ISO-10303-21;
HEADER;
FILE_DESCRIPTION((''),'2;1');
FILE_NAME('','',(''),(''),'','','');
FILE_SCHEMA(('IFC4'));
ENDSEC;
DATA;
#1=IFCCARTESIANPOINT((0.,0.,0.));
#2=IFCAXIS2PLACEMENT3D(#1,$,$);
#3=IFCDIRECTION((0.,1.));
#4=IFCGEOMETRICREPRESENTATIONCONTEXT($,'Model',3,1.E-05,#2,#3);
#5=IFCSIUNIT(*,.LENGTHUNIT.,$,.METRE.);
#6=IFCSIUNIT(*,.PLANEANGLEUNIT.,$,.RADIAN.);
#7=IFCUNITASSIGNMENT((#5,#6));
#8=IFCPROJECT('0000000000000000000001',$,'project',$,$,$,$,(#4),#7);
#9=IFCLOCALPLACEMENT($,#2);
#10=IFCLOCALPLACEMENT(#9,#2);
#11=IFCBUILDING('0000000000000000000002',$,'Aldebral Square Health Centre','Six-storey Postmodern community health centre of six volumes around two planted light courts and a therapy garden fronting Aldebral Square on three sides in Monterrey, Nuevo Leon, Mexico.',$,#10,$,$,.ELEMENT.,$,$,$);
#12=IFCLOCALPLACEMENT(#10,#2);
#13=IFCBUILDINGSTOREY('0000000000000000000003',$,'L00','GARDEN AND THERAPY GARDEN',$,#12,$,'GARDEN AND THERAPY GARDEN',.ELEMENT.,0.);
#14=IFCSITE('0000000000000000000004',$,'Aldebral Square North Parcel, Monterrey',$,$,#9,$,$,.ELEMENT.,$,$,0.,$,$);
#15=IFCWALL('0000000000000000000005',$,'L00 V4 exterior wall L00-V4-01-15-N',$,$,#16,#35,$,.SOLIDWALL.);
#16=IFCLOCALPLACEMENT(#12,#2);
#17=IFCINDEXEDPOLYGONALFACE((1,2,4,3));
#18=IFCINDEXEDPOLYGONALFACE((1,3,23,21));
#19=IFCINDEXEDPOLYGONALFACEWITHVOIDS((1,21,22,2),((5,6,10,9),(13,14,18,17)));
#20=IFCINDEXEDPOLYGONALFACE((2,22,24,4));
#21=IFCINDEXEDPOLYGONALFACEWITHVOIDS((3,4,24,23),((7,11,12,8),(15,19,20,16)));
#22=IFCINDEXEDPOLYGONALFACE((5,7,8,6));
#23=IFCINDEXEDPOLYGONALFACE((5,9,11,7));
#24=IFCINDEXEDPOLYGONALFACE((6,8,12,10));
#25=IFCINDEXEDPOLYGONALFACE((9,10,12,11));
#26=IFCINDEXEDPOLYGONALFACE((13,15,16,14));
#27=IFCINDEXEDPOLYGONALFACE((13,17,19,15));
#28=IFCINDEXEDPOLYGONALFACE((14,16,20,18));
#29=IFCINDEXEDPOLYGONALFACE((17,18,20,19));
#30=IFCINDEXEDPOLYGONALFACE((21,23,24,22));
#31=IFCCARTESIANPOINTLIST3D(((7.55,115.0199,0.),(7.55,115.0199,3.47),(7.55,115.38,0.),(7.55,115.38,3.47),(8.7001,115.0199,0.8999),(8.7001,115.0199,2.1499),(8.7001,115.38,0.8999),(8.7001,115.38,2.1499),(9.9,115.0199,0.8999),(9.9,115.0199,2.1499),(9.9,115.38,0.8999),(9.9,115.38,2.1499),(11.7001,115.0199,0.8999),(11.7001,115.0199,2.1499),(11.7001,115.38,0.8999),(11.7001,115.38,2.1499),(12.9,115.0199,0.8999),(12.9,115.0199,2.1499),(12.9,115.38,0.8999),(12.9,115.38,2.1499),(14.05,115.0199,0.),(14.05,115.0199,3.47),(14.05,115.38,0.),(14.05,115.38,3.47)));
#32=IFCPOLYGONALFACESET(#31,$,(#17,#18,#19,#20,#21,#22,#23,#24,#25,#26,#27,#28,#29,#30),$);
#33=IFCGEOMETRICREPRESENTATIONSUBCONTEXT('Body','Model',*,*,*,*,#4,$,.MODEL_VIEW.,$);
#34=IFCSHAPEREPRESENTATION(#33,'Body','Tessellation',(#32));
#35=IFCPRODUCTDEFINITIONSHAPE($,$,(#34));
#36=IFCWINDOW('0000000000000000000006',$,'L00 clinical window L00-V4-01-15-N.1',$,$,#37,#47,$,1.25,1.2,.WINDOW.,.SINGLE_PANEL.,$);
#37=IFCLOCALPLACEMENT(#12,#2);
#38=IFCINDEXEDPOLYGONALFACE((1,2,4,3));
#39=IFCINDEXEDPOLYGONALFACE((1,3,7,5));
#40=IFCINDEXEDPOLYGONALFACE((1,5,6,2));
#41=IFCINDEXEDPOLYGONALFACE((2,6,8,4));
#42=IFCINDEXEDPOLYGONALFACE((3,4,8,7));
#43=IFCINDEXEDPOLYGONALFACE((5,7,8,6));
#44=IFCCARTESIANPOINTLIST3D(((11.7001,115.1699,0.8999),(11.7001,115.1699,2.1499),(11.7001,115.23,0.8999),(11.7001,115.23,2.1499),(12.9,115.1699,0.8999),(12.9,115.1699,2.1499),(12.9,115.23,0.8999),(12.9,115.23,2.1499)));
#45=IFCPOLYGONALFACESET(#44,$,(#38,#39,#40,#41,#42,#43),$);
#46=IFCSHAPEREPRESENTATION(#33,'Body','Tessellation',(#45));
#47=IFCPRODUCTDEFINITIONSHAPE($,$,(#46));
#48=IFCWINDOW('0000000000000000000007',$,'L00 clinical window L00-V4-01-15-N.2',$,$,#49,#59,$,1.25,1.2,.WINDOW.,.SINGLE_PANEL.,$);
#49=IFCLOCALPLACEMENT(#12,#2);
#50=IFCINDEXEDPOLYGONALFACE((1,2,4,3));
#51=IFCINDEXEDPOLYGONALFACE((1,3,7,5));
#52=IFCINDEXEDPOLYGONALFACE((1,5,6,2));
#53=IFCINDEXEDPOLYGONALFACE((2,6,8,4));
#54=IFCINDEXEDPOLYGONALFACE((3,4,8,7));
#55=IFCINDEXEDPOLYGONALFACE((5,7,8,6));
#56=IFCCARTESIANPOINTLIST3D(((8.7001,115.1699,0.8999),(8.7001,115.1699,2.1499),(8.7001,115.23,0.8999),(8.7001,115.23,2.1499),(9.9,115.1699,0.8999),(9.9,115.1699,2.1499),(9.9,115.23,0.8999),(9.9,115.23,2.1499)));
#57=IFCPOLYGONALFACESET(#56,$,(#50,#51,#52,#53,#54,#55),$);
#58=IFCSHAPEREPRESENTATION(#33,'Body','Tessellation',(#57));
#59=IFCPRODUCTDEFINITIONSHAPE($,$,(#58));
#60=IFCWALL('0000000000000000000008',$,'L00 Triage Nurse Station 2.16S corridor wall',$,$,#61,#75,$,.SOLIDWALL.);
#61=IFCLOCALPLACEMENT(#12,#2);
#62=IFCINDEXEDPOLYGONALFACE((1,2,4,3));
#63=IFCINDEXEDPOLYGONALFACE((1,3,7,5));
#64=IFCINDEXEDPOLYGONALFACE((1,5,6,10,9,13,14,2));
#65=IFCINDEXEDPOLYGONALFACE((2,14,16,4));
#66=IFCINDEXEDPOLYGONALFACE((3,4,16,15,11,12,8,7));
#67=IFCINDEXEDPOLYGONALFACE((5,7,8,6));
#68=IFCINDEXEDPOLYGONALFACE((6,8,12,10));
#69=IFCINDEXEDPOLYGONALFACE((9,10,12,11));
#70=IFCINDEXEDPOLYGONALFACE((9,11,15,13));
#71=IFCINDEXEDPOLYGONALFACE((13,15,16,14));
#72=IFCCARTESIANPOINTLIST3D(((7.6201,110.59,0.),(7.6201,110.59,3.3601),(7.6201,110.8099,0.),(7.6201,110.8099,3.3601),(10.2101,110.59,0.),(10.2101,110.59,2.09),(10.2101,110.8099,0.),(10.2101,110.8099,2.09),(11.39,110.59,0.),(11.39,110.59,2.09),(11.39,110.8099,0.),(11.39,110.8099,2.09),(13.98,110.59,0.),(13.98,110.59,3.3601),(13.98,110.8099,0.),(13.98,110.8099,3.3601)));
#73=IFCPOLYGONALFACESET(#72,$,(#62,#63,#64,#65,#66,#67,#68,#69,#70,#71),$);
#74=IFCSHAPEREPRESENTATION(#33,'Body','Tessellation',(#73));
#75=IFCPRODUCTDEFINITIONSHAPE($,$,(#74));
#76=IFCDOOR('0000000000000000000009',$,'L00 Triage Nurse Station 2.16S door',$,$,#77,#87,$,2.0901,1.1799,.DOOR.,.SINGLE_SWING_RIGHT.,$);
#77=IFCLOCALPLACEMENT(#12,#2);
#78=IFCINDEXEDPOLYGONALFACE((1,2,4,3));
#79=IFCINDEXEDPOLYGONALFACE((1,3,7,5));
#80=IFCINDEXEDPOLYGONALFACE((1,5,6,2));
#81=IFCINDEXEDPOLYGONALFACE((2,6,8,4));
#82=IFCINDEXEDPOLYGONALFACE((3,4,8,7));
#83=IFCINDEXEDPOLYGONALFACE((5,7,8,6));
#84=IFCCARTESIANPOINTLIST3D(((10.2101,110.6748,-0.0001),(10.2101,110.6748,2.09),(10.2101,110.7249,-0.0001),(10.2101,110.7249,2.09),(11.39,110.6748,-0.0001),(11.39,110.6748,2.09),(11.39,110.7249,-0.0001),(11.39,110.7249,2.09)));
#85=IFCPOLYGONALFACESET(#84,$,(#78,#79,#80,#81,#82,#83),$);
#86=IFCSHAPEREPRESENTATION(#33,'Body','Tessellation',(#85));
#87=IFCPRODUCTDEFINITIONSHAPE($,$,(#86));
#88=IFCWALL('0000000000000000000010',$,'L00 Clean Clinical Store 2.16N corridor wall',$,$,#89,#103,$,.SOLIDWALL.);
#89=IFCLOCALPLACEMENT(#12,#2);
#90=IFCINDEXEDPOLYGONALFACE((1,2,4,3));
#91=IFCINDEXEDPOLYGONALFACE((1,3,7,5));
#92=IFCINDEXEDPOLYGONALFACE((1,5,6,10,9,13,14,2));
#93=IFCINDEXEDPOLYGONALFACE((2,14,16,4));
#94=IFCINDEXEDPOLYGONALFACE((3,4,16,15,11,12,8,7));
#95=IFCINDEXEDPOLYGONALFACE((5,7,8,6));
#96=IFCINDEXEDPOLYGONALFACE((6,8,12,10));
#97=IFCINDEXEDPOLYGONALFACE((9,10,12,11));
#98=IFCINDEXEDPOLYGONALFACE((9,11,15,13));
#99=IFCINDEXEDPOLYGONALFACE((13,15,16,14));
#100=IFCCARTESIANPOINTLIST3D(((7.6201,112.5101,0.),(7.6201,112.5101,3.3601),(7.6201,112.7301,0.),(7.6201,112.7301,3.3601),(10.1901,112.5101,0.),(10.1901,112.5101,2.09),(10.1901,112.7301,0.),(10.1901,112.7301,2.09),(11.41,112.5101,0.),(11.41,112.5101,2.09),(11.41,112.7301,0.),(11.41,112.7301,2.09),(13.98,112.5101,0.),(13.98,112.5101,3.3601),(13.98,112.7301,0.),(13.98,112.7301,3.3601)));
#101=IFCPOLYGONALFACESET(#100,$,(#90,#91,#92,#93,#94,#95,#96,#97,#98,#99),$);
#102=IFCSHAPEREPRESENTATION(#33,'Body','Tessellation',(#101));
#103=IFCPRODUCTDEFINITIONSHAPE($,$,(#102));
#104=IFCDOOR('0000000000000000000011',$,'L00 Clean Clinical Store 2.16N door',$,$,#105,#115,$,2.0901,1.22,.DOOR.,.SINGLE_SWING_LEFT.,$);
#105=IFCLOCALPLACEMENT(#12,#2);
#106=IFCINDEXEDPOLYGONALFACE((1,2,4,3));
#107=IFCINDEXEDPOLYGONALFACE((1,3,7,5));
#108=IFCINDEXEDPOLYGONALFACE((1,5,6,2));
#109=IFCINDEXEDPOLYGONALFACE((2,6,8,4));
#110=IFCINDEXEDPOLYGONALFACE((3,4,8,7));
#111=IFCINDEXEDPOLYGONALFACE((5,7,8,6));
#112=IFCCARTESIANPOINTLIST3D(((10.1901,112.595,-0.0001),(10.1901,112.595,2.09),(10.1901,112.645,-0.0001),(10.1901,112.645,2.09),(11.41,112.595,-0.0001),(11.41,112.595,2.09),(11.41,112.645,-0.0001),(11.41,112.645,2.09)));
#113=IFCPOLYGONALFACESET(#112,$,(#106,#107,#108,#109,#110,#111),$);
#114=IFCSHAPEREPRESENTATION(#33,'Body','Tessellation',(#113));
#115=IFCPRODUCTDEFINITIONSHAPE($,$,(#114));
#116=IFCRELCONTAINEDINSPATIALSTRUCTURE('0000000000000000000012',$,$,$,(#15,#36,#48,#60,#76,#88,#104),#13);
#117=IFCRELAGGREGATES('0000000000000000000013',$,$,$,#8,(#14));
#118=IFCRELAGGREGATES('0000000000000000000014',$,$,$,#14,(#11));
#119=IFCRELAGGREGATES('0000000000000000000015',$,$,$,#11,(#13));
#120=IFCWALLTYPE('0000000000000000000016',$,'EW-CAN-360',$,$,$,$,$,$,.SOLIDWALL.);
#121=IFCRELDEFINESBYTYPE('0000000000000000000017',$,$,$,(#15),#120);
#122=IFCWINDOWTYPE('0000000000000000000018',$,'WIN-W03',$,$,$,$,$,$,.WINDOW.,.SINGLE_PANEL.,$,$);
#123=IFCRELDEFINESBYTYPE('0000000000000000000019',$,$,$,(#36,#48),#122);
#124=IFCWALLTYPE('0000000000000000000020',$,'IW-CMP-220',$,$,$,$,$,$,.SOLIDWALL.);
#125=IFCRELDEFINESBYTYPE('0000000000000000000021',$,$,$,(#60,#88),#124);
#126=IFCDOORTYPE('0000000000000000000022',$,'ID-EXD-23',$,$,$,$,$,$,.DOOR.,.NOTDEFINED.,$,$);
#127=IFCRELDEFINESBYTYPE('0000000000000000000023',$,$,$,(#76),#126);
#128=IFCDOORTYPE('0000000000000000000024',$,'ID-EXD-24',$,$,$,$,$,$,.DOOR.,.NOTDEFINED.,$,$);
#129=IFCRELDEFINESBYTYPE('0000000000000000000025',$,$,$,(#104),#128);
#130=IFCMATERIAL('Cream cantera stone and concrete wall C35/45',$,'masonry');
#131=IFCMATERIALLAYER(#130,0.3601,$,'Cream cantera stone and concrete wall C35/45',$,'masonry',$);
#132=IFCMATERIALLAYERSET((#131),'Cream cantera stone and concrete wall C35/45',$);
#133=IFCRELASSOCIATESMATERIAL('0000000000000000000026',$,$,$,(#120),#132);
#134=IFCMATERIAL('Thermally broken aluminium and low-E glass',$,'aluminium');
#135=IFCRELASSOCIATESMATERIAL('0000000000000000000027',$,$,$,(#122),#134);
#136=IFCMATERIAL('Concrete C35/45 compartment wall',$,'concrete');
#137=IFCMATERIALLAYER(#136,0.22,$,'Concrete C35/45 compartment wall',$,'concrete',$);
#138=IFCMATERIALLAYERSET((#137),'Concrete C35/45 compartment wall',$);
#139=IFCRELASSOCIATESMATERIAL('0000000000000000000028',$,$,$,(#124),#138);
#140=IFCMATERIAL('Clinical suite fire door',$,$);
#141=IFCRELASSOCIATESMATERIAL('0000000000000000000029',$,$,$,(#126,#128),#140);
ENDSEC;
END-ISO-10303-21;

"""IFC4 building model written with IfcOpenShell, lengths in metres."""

from ifc_helpers import new_model, si_unit, direction, frame, frame_2d, origin, place, context, subcontext, project, spatial, rectangle, extrude, material, layer, layer_set, type_object, element, fill, save


model = new_model("IFC4")

# Units and contexts
model_context = context("Model", 3, precision=1e-05, world=origin(), true_north=direction((0.0, 1.0)))
body_context = subcontext(model_context, "Body", "Model", "MODEL_VIEW")
ifc_project = project(units=[si_unit("LENGTHUNIT", "METRE"), si_unit("PLANEANGLEUNIT", "RADIAN")], contexts=[model_context])

# Site, building, storey
site_placement = place(None, origin())
site = spatial("IfcSite", under=ifc_project, at=site_placement, Name="Aldebral Square North Parcel, Monterrey", CompositionType="ELEMENT", RefElevation=0.0)
building_placement = place(site_placement, origin())
building = spatial("IfcBuilding", under=site, at=building_placement, Name="Aldebral Square Health Centre", Description="Six-storey Postmodern community health centre of six volumes around two planted light courts and a therapy garden fronting Aldebral Square on three sides in Monterrey, Nuevo Leon, Mexico.", CompositionType="ELEMENT")
storey_placement = place(building_placement, origin())
storey = spatial("IfcBuildingStorey", under=building, at=storey_placement, Name="L00", Description="GARDEN AND THERAPY GARDEN", LongName="GARDEN AND THERAPY GARDEN", CompositionType="ELEMENT", Elevation=0.0)

# Wall, openings, windows
ifc_material_1 = material(Name="Cream cantera stone and concrete wall C35/45", Category="masonry")
ifc_material_2 = material(Name="Thermally broken aluminium and low-E glass", Category="aluminium")
ifc_layer_1 = layer(ifc_material_1, 0.3601, Name="Cream cantera stone and concrete wall C35/45", Category="masonry")
ifc_layer_set_1 = layer_set([ifc_layer_1], Name="Cream cantera stone and concrete wall C35/45")
wall_type_1 = type_object("IfcWallType", Name="EW-CAN-360", PredefinedType="SOLIDWALL", material=ifc_layer_set_1)
wall_1_placement = place(storey_placement, frame((14.05, 115.2, 0.0), z_axis=(0.0, 0.0, 1.0), x_axis=(-1.0, 0.0, 0.0)))
wall_1 = element("IfcWall", 1, at=wall_1_placement, inside=storey, type_object=wall_type_1, Name="L00 V4 exterior wall L00-V4-01-15-N", PredefinedType="SOLIDWALL", context=body_context, shape_type="SweptSolid", body=[
    extrude(rectangle(XDim=6.5, YDim=0.3601, at=frame_2d((3.25, 0.0))), origin(), (0.0, 0.0, 1.0), 3.47),
])
opening_1_placement = place(wall_1_placement, frame((1.1499, 0.0, 0.8999)))
opening_1 = element("IfcOpeningElement", 2, at=opening_1_placement, cuts=wall_1, PredefinedType="OPENING", context=body_context, shape_type="SweptSolid", body=[
    extrude(rectangle(XDim=1.2, YDim=1.25, at=frame_2d((0.6001, 0.625))), frame((0.0, 0.1899, 0.0), z_axis=(0.0, -1.0, 0.0), x_axis=(1.0, 0.0, 0.0)), (0.0, 0.0, 1.0), 0.3801),
])
opening_2_placement = place(wall_1_placement, frame((4.1499, 0.0, 0.8999)))
opening_2 = element("IfcOpeningElement", 3, at=opening_2_placement, cuts=wall_1, PredefinedType="OPENING", context=body_context, shape_type="SweptSolid", body=[
    extrude(rectangle(XDim=1.2, YDim=1.25, at=frame_2d((0.6001, 0.625))), frame((0.0, 0.1899, 0.0), z_axis=(0.0, -1.0, 0.0), x_axis=(1.0, 0.0, 0.0)), (0.0, 0.0, 1.0), 0.3801),
])
window_type_1 = type_object("IfcWindowType", Name="WIN-W03", PartitioningType="SINGLE_PANEL", PredefinedType="WINDOW", material=ifc_material_2)
window_1_placement = place(opening_1_placement, origin())
window_1 = element("IfcWindow", 4, at=window_1_placement, inside=storey, type_object=window_type_1, Name="L00 clinical window L00-V4-01-15-N.1", OverallHeight=1.25, OverallWidth=1.2, PartitioningType="SINGLE_PANEL", PredefinedType="WINDOW", context=body_context, shape_type="SweptSolid", body=[
    extrude(rectangle(XDim=1.2, YDim=1.25, at=frame_2d((0.6001, 0.625))), frame((0.0, 0.03, 0.0), z_axis=(0.0, -1.0, 0.0), x_axis=(1.0, 0.0, 0.0)), (0.0, 0.0, 1.0), 0.0601),
])
fill(opening_1, window_1)
window_2_placement = place(opening_2_placement, origin())
window_2 = element("IfcWindow", 5, at=window_2_placement, inside=storey, type_object=window_type_1, Name="L00 clinical window L00-V4-01-15-N.2", OverallHeight=1.25, OverallWidth=1.2, PartitioningType="SINGLE_PANEL", PredefinedType="WINDOW", context=body_context, shape_type="SweptSolid", body=[
    extrude(rectangle(XDim=1.2, YDim=1.25, at=frame_2d((0.6001, 0.625))), frame((0.0, 0.03, 0.0), z_axis=(0.0, -1.0, 0.0), x_axis=(1.0, 0.0, 0.0)), (0.0, 0.0, 1.0), 0.0601),
])
fill(opening_2, window_2)

# Walls, openings, doors
ifc_material_3 = material(Name="Concrete C35/45 compartment wall", Category="concrete")
ifc_layer_2 = layer(ifc_material_3, 0.22, Name="Concrete C35/45 compartment wall", Category="concrete")
ifc_layer_set_2 = layer_set([ifc_layer_2], Name="Concrete C35/45 compartment wall")
wall_type_2 = type_object("IfcWallType", Name="IW-CMP-220", PredefinedType="SOLIDWALL", material=ifc_layer_set_2)
wall_2_placement = place(storey_placement, frame((7.6201, 110.7, 0.0), z_axis=(0.0, 0.0, 1.0), x_axis=(1.0, 0.0, 0.0)))
wall_2 = element("IfcWall", 6, at=wall_2_placement, inside=storey, type_object=wall_type_2, Name="L00 Triage Nurse Station 2.16S corridor wall", PredefinedType="SOLIDWALL", context=body_context, shape_type="SweptSolid", body=[
    extrude(rectangle(XDim=6.3599, YDim=0.22, at=frame_2d((3.1799, 0.0))), origin(), (0.0, 0.0, 1.0), 3.3601),
])
opening_3_placement = place(wall_2_placement, frame((2.5901, 0.0, 0.0)))
opening_3 = element("IfcOpeningElement", 7, at=opening_3_placement, cuts=wall_2, PredefinedType="OPENING", context=body_context, shape_type="SweptSolid", body=[
    extrude(rectangle(XDim=1.1799, YDim=2.0901, at=frame_2d((0.5898, 1.0449))), frame((0.0, 0.1201, 0.0), z_axis=(0.0, -1.0, 0.0), x_axis=(1.0, 0.0, 0.0)), (0.0, 0.0, 1.0), 0.24),
])
ifc_material_4 = material(Name="Clinical suite fire door")
door_type_1 = type_object("IfcDoorType", Name="ID-EXD-23", OperationType="NOTDEFINED", PredefinedType="DOOR", material=ifc_material_4)
door_1_placement = place(opening_3_placement, origin())
door_1 = element("IfcDoor", 8, at=door_1_placement, inside=storey, type_object=door_type_1, Name="L00 Triage Nurse Station 2.16S door", OperationType="SINGLE_SWING_RIGHT", OverallHeight=2.0901, OverallWidth=1.1799, PredefinedType="DOOR", context=body_context, shape_type="SweptSolid", body=[
    extrude(rectangle(XDim=1.1799, YDim=2.0901, at=frame_2d((0.5898, 1.0449))), frame((0.0, 0.0249, 0.0), z_axis=(0.0, -1.0, 0.0), x_axis=(1.0, 0.0, 0.0)), (0.0, 0.0, 1.0), 0.05),
])
fill(opening_3, door_1)
wall_3_placement = place(storey_placement, frame((7.6201, 112.6201, 0.0), z_axis=(0.0, 0.0, 1.0), x_axis=(1.0, 0.0, 0.0)))
wall_3 = element("IfcWall", 9, at=wall_3_placement, inside=storey, type_object=wall_type_2, Name="L00 Clean Clinical Store 2.16N corridor wall", PredefinedType="SOLIDWALL", context=body_context, shape_type="SweptSolid", body=[
    extrude(rectangle(XDim=6.3599, YDim=0.22, at=frame_2d((3.1799, 0.0))), origin(), (0.0, 0.0, 1.0), 3.3601),
])
opening_4_placement = place(wall_3_placement, frame((2.5701, 0.0, 0.0)))
opening_4 = element("IfcOpeningElement", 10, at=opening_4_placement, cuts=wall_3, PredefinedType="OPENING", context=body_context, shape_type="SweptSolid", body=[
    extrude(rectangle(XDim=1.22, YDim=2.0901, at=frame_2d((0.6099, 1.0449))), frame((0.0, 0.1201, 0.0), z_axis=(0.0, -1.0, 0.0), x_axis=(1.0, 0.0, 0.0)), (0.0, 0.0, 1.0), 0.24),
])
door_type_2 = type_object("IfcDoorType", Name="ID-EXD-24", OperationType="NOTDEFINED", PredefinedType="DOOR", material=ifc_material_4)
door_2_placement = place(opening_4_placement, origin())
door_2 = element("IfcDoor", 11, at=door_2_placement, inside=storey, type_object=door_type_2, Name="L00 Clean Clinical Store 2.16N door", OperationType="SINGLE_SWING_LEFT", OverallHeight=2.0901, OverallWidth=1.22, PredefinedType="DOOR", context=body_context, shape_type="SweptSolid", body=[
    extrude(rectangle(XDim=1.22, YDim=2.0901, at=frame_2d((0.6099, 1.0449))), frame((0.0, 0.0249, 0.0), z_axis=(0.0, -1.0, 0.0), x_axis=(1.0, 0.0, 0.0)), (0.0, 0.0, 1.0), 0.05),
])
fill(opening_4, door_2)

save(model, "model.ifc")
